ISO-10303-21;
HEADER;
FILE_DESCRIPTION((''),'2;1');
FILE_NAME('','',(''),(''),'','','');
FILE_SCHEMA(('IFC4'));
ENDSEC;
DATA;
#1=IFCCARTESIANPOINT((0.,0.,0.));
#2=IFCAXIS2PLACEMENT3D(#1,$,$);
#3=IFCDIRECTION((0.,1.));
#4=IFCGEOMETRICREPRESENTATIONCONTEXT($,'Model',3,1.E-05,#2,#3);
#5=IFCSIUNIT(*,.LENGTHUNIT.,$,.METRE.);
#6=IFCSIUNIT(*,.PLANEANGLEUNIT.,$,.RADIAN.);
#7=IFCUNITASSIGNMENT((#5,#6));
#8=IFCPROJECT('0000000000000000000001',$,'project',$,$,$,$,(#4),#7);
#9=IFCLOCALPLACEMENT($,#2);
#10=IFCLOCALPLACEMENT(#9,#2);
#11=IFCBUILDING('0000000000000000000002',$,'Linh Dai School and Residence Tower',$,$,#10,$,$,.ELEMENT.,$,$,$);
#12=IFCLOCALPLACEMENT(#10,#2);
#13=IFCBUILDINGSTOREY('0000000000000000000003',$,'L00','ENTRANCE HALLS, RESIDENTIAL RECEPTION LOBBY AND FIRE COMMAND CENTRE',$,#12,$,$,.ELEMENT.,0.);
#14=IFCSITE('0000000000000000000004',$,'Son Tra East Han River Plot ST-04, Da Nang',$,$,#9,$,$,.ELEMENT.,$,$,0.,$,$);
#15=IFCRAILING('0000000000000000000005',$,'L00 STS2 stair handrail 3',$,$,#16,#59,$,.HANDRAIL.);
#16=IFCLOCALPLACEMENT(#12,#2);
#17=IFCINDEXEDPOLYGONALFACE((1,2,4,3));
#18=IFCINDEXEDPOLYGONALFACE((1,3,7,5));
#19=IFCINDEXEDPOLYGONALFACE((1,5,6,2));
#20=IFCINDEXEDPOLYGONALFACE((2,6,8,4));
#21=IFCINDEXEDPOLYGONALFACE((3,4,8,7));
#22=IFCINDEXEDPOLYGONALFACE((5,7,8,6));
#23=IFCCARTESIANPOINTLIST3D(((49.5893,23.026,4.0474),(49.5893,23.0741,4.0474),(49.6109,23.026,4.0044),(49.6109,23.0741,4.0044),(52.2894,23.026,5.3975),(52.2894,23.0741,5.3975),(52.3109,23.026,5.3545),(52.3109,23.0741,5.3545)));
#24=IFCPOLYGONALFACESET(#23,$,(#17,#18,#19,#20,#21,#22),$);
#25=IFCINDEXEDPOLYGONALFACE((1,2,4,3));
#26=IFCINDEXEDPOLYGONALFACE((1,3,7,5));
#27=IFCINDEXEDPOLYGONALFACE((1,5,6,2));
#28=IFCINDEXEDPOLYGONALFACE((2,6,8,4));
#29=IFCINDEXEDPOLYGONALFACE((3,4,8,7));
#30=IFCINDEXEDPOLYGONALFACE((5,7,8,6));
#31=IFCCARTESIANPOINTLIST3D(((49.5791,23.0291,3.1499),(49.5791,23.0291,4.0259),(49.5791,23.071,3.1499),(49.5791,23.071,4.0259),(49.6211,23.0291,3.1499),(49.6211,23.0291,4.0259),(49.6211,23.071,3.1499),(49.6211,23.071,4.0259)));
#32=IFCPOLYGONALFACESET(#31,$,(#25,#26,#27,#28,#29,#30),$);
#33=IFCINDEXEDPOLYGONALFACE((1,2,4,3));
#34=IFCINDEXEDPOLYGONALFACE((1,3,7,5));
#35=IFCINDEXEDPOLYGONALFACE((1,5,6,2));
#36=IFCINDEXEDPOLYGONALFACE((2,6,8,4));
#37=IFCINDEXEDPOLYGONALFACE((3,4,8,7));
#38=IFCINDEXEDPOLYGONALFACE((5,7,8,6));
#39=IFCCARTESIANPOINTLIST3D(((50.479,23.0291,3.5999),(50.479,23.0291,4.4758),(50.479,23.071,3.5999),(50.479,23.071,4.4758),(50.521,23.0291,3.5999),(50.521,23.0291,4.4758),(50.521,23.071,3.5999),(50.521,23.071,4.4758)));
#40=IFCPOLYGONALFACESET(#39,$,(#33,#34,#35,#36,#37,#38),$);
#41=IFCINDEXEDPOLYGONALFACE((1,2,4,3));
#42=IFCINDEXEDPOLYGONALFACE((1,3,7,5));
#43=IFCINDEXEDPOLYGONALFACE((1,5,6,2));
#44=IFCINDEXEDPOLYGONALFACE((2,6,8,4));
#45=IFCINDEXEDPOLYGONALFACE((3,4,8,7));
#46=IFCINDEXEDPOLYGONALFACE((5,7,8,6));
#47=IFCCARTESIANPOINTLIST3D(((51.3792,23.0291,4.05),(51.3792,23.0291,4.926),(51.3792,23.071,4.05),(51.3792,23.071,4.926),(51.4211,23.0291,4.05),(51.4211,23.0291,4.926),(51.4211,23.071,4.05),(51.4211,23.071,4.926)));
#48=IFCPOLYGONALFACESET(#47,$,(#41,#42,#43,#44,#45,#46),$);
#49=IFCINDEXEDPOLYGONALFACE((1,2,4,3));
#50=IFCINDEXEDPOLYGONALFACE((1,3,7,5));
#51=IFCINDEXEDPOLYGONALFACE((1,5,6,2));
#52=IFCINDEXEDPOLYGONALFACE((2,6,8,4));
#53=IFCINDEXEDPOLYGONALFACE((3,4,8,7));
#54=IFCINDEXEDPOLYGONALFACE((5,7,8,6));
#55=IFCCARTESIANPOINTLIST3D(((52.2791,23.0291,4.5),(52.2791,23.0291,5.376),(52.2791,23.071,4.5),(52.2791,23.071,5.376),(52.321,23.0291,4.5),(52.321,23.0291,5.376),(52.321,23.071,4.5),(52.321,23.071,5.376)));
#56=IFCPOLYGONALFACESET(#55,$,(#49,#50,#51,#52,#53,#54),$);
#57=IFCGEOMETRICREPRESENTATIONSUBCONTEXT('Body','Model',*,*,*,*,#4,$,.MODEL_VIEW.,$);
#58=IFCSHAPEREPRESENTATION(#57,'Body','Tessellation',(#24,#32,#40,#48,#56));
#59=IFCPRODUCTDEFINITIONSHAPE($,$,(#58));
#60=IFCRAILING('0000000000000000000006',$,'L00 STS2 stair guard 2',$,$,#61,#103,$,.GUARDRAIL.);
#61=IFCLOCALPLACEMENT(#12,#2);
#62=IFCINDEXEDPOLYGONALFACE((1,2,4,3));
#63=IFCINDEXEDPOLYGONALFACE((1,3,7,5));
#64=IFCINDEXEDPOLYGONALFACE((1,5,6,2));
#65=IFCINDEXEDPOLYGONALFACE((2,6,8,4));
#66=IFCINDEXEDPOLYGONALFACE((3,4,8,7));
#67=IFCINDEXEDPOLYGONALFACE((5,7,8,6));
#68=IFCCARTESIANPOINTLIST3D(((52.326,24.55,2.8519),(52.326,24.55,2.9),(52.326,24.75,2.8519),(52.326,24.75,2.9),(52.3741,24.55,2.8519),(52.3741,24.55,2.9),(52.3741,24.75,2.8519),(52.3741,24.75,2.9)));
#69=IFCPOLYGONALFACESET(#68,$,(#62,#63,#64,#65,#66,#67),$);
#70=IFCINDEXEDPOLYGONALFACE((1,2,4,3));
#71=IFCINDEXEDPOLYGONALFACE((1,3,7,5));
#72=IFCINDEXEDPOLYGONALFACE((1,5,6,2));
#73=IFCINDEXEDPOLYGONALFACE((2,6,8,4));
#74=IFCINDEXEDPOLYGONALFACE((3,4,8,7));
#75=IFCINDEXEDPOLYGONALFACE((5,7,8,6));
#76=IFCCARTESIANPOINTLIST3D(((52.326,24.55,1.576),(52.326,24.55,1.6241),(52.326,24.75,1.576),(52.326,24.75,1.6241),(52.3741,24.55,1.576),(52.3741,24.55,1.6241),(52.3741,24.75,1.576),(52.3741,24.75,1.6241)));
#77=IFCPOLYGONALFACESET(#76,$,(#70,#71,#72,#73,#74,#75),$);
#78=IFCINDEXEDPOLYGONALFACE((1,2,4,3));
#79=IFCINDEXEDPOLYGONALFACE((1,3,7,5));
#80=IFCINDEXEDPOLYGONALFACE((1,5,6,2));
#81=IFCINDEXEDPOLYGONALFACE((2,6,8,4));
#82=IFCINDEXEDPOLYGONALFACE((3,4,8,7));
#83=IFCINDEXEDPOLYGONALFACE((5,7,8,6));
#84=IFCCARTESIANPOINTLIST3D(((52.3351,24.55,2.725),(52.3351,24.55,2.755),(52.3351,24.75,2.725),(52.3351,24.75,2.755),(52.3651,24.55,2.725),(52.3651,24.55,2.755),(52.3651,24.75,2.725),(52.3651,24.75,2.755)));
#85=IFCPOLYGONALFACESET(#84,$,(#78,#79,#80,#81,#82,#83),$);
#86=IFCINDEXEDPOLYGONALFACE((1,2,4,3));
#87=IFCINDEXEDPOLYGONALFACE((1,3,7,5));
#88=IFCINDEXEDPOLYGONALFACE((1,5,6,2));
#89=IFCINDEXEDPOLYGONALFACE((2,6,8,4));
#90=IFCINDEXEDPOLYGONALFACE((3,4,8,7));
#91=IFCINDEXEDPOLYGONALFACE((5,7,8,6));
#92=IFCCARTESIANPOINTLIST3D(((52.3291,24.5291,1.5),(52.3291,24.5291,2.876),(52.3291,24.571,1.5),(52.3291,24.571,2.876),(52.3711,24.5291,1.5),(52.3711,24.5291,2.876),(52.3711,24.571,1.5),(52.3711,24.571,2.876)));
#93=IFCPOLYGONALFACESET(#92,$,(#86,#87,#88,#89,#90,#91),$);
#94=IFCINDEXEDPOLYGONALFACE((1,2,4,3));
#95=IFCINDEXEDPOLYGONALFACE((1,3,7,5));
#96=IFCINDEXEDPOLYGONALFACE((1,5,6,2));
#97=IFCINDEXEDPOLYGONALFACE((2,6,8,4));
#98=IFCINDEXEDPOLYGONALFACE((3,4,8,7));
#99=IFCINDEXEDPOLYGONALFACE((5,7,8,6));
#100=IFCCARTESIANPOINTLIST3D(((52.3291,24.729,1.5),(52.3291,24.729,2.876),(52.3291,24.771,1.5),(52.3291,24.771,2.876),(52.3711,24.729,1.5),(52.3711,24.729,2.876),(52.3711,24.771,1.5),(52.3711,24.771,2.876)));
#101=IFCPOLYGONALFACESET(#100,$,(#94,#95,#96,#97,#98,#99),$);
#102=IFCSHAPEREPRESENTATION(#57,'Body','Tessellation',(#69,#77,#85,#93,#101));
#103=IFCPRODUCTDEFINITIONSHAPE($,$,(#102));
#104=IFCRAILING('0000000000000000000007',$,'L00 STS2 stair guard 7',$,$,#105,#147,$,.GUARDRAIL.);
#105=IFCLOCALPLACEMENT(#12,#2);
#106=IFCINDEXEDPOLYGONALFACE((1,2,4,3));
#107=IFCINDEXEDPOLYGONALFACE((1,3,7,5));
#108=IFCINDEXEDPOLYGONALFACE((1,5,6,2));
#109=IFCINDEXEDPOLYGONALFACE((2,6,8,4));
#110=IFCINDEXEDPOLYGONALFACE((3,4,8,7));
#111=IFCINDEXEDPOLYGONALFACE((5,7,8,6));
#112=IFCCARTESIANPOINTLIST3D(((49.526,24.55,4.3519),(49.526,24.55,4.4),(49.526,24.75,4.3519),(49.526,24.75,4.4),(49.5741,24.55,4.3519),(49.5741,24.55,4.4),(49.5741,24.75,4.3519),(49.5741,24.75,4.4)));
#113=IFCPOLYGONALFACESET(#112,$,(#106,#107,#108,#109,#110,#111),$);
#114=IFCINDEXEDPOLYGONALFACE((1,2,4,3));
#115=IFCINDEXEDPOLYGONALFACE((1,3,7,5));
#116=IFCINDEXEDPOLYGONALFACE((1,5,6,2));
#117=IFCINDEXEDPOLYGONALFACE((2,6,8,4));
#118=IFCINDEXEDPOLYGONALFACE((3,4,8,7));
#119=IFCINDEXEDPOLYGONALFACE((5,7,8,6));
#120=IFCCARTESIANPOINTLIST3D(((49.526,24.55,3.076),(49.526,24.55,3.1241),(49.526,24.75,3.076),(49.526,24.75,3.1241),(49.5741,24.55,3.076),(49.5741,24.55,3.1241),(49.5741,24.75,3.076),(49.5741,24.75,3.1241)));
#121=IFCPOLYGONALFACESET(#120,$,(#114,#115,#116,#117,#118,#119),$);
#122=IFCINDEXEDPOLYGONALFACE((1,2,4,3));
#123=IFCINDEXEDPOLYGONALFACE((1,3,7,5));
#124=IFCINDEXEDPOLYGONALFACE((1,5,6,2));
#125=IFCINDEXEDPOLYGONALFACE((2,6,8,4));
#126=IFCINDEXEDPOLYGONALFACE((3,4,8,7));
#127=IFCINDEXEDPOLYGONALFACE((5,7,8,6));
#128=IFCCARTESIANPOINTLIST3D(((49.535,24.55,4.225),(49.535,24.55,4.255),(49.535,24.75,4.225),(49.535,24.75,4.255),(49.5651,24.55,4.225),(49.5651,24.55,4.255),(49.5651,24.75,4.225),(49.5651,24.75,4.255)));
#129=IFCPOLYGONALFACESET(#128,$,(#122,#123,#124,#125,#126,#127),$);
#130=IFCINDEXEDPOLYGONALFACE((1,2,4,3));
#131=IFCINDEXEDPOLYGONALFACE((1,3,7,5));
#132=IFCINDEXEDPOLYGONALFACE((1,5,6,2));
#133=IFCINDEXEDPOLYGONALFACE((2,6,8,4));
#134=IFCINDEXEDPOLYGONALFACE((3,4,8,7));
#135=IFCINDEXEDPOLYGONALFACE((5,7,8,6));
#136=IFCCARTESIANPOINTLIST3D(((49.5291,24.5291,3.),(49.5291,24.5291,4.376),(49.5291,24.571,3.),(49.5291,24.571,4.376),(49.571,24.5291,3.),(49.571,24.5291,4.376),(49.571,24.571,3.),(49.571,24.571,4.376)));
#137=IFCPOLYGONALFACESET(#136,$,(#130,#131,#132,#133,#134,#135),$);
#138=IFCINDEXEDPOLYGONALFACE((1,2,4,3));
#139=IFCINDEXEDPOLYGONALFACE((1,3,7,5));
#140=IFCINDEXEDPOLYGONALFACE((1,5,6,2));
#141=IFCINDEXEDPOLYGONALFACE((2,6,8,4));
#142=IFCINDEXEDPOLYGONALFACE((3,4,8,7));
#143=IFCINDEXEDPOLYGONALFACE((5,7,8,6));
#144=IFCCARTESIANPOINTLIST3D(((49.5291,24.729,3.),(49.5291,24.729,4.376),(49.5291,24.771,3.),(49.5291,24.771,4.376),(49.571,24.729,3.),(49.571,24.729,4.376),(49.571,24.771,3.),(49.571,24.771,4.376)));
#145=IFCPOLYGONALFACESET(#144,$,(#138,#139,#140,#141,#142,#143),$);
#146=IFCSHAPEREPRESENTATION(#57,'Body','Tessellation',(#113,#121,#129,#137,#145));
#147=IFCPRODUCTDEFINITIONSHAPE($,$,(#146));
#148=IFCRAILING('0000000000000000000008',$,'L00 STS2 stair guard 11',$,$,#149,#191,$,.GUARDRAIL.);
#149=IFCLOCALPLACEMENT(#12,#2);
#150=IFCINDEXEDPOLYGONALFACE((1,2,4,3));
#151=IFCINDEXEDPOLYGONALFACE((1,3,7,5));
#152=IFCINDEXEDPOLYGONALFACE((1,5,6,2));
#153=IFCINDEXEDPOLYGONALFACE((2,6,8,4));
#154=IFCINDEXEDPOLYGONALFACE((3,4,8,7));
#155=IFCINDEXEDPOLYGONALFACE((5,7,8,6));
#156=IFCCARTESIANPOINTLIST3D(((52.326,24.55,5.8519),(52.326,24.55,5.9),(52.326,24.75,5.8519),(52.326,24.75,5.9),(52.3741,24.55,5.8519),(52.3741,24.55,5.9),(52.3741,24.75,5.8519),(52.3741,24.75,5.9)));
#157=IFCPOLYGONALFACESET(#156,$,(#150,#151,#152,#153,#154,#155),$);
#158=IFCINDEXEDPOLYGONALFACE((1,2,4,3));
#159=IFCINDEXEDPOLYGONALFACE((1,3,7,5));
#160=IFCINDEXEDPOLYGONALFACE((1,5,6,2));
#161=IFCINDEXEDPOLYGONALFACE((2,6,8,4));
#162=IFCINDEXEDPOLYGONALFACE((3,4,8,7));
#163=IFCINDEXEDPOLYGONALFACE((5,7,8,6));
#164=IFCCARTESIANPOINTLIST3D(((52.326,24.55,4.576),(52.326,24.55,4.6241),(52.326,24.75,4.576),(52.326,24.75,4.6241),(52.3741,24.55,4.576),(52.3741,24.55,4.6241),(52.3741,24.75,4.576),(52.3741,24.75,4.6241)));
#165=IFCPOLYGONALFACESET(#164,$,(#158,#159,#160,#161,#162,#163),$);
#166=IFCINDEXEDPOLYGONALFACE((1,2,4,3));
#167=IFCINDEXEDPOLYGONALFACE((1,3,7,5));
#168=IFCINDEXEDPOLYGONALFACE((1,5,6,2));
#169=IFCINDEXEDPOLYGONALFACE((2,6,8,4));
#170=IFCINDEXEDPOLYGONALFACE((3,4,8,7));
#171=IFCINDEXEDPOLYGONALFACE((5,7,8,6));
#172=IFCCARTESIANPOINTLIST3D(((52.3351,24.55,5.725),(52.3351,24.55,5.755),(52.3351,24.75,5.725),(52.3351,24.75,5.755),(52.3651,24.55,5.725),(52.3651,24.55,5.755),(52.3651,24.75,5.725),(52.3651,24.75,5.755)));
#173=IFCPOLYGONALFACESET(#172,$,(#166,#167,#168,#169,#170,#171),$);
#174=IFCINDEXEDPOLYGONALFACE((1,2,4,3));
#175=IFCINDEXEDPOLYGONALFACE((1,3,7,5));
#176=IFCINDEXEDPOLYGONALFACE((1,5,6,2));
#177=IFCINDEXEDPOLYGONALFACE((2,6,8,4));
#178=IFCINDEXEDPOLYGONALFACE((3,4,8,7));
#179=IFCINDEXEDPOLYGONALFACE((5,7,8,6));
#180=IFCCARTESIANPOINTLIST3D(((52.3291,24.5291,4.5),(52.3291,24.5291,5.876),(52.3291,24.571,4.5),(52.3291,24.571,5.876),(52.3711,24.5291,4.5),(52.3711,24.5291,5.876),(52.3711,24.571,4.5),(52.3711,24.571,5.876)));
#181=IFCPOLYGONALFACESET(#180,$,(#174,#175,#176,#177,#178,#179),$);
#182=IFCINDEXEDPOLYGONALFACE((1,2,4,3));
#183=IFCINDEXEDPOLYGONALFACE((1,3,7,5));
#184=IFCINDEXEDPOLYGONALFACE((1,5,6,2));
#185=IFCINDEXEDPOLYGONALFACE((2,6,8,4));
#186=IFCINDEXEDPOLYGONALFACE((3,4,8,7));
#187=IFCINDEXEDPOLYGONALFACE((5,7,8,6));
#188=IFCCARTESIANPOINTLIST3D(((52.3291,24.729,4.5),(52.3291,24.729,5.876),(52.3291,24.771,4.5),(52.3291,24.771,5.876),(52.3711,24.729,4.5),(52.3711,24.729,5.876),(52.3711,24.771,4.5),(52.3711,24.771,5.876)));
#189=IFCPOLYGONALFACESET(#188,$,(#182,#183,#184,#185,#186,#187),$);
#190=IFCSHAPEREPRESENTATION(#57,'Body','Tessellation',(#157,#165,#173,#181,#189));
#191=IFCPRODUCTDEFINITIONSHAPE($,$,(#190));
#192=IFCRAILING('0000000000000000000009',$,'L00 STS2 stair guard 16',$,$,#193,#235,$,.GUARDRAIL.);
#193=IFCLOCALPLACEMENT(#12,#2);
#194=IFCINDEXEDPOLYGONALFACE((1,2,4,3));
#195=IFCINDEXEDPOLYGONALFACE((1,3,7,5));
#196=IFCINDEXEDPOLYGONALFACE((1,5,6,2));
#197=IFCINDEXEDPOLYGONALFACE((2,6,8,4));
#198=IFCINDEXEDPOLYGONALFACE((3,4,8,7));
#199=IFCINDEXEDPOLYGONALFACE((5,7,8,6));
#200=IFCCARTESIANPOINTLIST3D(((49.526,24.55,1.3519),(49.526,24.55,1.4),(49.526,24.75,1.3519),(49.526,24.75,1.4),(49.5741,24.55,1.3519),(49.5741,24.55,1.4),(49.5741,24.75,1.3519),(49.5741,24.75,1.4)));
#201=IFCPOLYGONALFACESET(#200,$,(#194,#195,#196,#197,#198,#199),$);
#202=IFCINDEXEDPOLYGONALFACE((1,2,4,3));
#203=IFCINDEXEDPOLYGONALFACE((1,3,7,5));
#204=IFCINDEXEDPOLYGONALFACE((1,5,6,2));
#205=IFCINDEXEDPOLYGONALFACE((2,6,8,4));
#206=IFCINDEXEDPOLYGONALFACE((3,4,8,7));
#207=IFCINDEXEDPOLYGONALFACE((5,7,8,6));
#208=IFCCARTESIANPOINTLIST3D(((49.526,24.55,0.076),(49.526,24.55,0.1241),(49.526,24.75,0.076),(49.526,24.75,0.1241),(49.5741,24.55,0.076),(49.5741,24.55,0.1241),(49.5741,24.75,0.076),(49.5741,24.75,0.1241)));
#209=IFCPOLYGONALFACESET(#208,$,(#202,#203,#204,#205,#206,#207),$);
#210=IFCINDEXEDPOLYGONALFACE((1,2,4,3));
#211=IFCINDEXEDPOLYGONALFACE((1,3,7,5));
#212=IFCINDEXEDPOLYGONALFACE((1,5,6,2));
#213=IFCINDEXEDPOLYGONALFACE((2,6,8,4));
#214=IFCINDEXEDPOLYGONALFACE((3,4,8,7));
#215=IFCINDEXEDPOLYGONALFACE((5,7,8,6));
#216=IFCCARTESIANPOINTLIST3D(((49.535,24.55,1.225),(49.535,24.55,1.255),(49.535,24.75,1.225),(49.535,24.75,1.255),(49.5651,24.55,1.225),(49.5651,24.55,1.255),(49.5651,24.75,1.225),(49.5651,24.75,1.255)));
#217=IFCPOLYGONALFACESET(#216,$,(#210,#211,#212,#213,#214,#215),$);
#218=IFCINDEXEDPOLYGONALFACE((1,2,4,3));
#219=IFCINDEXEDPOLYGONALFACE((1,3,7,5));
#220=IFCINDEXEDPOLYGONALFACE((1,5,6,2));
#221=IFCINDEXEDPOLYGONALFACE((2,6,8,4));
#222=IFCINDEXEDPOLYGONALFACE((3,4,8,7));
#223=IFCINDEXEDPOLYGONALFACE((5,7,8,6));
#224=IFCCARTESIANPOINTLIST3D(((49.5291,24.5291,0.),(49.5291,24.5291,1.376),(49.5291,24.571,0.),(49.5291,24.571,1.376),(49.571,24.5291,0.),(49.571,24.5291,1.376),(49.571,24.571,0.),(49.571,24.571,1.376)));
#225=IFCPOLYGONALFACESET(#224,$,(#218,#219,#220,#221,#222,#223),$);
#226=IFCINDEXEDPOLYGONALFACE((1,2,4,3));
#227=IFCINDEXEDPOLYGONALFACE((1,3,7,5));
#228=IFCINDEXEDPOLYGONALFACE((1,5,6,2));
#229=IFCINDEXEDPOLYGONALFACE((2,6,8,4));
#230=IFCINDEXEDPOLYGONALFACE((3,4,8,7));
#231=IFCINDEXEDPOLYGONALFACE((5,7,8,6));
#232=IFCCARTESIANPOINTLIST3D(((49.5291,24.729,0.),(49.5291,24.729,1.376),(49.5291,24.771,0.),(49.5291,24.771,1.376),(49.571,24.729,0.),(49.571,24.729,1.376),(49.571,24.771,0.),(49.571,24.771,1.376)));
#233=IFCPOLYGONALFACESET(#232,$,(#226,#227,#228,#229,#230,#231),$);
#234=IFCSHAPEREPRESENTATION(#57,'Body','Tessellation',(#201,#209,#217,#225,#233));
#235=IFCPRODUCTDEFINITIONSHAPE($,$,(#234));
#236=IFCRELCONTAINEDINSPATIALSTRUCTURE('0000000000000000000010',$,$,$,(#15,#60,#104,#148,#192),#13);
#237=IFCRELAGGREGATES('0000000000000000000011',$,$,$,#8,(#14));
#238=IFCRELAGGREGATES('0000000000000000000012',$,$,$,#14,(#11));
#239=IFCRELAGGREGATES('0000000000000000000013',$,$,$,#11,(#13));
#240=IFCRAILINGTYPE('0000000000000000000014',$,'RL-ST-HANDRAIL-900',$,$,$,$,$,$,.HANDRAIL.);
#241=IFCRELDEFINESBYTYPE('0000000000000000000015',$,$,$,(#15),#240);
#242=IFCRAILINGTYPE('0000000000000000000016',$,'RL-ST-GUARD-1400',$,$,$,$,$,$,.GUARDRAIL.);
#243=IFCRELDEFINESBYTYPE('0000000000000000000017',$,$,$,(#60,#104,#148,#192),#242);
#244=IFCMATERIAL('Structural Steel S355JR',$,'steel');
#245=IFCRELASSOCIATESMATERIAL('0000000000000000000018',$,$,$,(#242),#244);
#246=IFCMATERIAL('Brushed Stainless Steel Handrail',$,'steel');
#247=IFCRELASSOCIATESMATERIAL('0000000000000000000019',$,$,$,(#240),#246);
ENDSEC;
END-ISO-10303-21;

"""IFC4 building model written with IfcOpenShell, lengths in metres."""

from ifc_helpers import new_model, si_unit, direction, frame, origin, origin_2d, place, context, subcontext, project, spatial, rectangle, extrude, source, transform, mapped, material, type_object, element, save


model = new_model("IFC4")

# Units and contexts
model_context = context("Model", 3, precision=1e-05, world=origin(), true_north=direction((0.0, 1.0)))
body_context = subcontext(model_context, "Body", "Model", "MODEL_VIEW")
ifc_project = project(units=[si_unit("LENGTHUNIT", "METRE"), si_unit("PLANEANGLEUNIT", "RADIAN")], contexts=[model_context])

# Site, building, storey
site_placement = place(None, origin())
site = spatial("IfcSite", under=ifc_project, at=site_placement, Name="Son Tra East Han River Plot ST-04, Da Nang", CompositionType="ELEMENT", RefElevation=0.0)
building_placement = place(site_placement, origin())
building = spatial("IfcBuilding", under=site, at=building_placement, Name="Linh Dai School and Residence Tower", CompositionType="ELEMENT")
storey_placement = place(building_placement, origin())
storey = spatial("IfcBuildingStorey", under=building, at=storey_placement, Name="L00", Description="ENTRANCE HALLS, RESIDENTIAL RECEPTION LOBBY AND FIRE COMMAND CENTRE", CompositionType="ELEMENT", Elevation=0.0)

# Shared definitions
ifc_material_1 = material(Name="Structural Steel S355JR", Category="steel")

# Railings
railing_type_1 = type_object("IfcRailingType", Name="RL-ST-GUARD-1400", PredefinedType="GUARDRAIL", material=ifc_material_1)
ifc_material_2 = material(Name="Brushed Stainless Steel Handrail", Category="steel")
railing_type_2 = type_object("IfcRailingType", Name="RL-ST-HANDRAIL-900", PredefinedType="HANDRAIL", material=ifc_material_2)
shared_shape_1 = source(origin(), body_context, "Body", "SweptSolid", [
    extrude(rectangle(XDim=0.0481, YDim=0.0481, at=origin_2d()), frame((0.0, 0.0, 0.876), z_axis=(0.894411, 0.0, 0.447246), x_axis=(0.0, 1.0, 0.0)), (0.0, 0.0, 1.0), 3.0188),
    extrude(rectangle(XDim=0.042, YDim=0.042, at=origin_2d()), origin(), (0.0, 0.0, 1.0), 0.876),
    extrude(rectangle(XDim=0.042, YDim=0.042, at=origin_2d()), frame((0.8999, 0.0, 0.45)), (0.0, 0.0, 1.0), 0.876),
    extrude(rectangle(XDim=0.042, YDim=0.042, at=origin_2d()), frame((1.8, 0.0, 0.9001)), (0.0, 0.0, 1.0), 0.876),
    extrude(rectangle(XDim=0.042, YDim=0.042, at=origin_2d()), frame((2.7, 0.0, 1.3501)), (0.0, 0.0, 1.0), 0.876),
])
for number, where, name in (
    (1, (49.6001, 23.05, 3.1499), "L00 STS2 stair handrail 3"),
):
    element("IfcRailing", number, at=place(storey_placement, frame(where)), inside=storey, type_object=railing_type_2, Name=name, PredefinedType="HANDRAIL", context=body_context, shape_type="MappedRepresentation", body=[
        mapped(shared_shape_1, transform((0.0, 0.0, 0.0), x_axis=(1.0, 0.0, 0.0), y_axis=(0.0, 1.0, 0.0), z_axis=(0.0, 0.0, 1.0), scale=1.0)),
    ])
shared_shape_2 = source(origin(), body_context, "Body", "SweptSolid", [
    extrude(rectangle(XDim=0.0481, YDim=0.0481, at=origin_2d()), frame((0.0, 0.0, 1.376), z_axis=(0.0, 1.0, 0.0), x_axis=(-1.0, 0.0, 0.0)), (0.0, 0.0, 1.0), 0.2),
    extrude(rectangle(XDim=0.0481, YDim=0.0481, at=origin_2d()), frame((0.0, 0.0, 0.1001), z_axis=(0.0, 1.0, 0.0), x_axis=(-1.0, 0.0, 0.0)), (0.0, 0.0, 1.0), 0.2),
    extrude(rectangle(XDim=0.03, YDim=0.03, at=origin_2d()), frame((0.0, 0.0, 1.24), z_axis=(0.0, 1.0, 0.0), x_axis=(-1.0, 0.0, 0.0)), (0.0, 0.0, 1.0), 0.2),
    extrude(rectangle(XDim=0.042, YDim=0.042, at=origin_2d()), origin(), (0.0, 0.0, 1.0), 1.376),
    extrude(rectangle(XDim=0.042, YDim=0.042, at=origin_2d()), frame((0.0, 0.2, 0.0)), (0.0, 0.0, 1.0), 1.376),
])
for number, where, name in (
    (2, (52.3501, 24.55, 1.5), "L00 STS2 stair guard 2"),
    (3, (49.55, 24.55, 3.0), "L00 STS2 stair guard 7"),
    (4, (52.3501, 24.55, 4.5), "L00 STS2 stair guard 11"),
    (5, (49.55, 24.55, 0.0), "L00 STS2 stair guard 16"),
):
    element("IfcRailing", number, at=place(storey_placement, frame(where)), inside=storey, type_object=railing_type_1, Name=name, PredefinedType="GUARDRAIL", context=body_context, shape_type="MappedRepresentation", body=[
        mapped(shared_shape_2, transform((0.0, 0.0, 0.0), x_axis=(1.0, 0.0, 0.0), y_axis=(0.0, 1.0, 0.0), z_axis=(0.0, 0.0, 1.0), scale=1.0)),
    ])

save(model, "model.ifc")
